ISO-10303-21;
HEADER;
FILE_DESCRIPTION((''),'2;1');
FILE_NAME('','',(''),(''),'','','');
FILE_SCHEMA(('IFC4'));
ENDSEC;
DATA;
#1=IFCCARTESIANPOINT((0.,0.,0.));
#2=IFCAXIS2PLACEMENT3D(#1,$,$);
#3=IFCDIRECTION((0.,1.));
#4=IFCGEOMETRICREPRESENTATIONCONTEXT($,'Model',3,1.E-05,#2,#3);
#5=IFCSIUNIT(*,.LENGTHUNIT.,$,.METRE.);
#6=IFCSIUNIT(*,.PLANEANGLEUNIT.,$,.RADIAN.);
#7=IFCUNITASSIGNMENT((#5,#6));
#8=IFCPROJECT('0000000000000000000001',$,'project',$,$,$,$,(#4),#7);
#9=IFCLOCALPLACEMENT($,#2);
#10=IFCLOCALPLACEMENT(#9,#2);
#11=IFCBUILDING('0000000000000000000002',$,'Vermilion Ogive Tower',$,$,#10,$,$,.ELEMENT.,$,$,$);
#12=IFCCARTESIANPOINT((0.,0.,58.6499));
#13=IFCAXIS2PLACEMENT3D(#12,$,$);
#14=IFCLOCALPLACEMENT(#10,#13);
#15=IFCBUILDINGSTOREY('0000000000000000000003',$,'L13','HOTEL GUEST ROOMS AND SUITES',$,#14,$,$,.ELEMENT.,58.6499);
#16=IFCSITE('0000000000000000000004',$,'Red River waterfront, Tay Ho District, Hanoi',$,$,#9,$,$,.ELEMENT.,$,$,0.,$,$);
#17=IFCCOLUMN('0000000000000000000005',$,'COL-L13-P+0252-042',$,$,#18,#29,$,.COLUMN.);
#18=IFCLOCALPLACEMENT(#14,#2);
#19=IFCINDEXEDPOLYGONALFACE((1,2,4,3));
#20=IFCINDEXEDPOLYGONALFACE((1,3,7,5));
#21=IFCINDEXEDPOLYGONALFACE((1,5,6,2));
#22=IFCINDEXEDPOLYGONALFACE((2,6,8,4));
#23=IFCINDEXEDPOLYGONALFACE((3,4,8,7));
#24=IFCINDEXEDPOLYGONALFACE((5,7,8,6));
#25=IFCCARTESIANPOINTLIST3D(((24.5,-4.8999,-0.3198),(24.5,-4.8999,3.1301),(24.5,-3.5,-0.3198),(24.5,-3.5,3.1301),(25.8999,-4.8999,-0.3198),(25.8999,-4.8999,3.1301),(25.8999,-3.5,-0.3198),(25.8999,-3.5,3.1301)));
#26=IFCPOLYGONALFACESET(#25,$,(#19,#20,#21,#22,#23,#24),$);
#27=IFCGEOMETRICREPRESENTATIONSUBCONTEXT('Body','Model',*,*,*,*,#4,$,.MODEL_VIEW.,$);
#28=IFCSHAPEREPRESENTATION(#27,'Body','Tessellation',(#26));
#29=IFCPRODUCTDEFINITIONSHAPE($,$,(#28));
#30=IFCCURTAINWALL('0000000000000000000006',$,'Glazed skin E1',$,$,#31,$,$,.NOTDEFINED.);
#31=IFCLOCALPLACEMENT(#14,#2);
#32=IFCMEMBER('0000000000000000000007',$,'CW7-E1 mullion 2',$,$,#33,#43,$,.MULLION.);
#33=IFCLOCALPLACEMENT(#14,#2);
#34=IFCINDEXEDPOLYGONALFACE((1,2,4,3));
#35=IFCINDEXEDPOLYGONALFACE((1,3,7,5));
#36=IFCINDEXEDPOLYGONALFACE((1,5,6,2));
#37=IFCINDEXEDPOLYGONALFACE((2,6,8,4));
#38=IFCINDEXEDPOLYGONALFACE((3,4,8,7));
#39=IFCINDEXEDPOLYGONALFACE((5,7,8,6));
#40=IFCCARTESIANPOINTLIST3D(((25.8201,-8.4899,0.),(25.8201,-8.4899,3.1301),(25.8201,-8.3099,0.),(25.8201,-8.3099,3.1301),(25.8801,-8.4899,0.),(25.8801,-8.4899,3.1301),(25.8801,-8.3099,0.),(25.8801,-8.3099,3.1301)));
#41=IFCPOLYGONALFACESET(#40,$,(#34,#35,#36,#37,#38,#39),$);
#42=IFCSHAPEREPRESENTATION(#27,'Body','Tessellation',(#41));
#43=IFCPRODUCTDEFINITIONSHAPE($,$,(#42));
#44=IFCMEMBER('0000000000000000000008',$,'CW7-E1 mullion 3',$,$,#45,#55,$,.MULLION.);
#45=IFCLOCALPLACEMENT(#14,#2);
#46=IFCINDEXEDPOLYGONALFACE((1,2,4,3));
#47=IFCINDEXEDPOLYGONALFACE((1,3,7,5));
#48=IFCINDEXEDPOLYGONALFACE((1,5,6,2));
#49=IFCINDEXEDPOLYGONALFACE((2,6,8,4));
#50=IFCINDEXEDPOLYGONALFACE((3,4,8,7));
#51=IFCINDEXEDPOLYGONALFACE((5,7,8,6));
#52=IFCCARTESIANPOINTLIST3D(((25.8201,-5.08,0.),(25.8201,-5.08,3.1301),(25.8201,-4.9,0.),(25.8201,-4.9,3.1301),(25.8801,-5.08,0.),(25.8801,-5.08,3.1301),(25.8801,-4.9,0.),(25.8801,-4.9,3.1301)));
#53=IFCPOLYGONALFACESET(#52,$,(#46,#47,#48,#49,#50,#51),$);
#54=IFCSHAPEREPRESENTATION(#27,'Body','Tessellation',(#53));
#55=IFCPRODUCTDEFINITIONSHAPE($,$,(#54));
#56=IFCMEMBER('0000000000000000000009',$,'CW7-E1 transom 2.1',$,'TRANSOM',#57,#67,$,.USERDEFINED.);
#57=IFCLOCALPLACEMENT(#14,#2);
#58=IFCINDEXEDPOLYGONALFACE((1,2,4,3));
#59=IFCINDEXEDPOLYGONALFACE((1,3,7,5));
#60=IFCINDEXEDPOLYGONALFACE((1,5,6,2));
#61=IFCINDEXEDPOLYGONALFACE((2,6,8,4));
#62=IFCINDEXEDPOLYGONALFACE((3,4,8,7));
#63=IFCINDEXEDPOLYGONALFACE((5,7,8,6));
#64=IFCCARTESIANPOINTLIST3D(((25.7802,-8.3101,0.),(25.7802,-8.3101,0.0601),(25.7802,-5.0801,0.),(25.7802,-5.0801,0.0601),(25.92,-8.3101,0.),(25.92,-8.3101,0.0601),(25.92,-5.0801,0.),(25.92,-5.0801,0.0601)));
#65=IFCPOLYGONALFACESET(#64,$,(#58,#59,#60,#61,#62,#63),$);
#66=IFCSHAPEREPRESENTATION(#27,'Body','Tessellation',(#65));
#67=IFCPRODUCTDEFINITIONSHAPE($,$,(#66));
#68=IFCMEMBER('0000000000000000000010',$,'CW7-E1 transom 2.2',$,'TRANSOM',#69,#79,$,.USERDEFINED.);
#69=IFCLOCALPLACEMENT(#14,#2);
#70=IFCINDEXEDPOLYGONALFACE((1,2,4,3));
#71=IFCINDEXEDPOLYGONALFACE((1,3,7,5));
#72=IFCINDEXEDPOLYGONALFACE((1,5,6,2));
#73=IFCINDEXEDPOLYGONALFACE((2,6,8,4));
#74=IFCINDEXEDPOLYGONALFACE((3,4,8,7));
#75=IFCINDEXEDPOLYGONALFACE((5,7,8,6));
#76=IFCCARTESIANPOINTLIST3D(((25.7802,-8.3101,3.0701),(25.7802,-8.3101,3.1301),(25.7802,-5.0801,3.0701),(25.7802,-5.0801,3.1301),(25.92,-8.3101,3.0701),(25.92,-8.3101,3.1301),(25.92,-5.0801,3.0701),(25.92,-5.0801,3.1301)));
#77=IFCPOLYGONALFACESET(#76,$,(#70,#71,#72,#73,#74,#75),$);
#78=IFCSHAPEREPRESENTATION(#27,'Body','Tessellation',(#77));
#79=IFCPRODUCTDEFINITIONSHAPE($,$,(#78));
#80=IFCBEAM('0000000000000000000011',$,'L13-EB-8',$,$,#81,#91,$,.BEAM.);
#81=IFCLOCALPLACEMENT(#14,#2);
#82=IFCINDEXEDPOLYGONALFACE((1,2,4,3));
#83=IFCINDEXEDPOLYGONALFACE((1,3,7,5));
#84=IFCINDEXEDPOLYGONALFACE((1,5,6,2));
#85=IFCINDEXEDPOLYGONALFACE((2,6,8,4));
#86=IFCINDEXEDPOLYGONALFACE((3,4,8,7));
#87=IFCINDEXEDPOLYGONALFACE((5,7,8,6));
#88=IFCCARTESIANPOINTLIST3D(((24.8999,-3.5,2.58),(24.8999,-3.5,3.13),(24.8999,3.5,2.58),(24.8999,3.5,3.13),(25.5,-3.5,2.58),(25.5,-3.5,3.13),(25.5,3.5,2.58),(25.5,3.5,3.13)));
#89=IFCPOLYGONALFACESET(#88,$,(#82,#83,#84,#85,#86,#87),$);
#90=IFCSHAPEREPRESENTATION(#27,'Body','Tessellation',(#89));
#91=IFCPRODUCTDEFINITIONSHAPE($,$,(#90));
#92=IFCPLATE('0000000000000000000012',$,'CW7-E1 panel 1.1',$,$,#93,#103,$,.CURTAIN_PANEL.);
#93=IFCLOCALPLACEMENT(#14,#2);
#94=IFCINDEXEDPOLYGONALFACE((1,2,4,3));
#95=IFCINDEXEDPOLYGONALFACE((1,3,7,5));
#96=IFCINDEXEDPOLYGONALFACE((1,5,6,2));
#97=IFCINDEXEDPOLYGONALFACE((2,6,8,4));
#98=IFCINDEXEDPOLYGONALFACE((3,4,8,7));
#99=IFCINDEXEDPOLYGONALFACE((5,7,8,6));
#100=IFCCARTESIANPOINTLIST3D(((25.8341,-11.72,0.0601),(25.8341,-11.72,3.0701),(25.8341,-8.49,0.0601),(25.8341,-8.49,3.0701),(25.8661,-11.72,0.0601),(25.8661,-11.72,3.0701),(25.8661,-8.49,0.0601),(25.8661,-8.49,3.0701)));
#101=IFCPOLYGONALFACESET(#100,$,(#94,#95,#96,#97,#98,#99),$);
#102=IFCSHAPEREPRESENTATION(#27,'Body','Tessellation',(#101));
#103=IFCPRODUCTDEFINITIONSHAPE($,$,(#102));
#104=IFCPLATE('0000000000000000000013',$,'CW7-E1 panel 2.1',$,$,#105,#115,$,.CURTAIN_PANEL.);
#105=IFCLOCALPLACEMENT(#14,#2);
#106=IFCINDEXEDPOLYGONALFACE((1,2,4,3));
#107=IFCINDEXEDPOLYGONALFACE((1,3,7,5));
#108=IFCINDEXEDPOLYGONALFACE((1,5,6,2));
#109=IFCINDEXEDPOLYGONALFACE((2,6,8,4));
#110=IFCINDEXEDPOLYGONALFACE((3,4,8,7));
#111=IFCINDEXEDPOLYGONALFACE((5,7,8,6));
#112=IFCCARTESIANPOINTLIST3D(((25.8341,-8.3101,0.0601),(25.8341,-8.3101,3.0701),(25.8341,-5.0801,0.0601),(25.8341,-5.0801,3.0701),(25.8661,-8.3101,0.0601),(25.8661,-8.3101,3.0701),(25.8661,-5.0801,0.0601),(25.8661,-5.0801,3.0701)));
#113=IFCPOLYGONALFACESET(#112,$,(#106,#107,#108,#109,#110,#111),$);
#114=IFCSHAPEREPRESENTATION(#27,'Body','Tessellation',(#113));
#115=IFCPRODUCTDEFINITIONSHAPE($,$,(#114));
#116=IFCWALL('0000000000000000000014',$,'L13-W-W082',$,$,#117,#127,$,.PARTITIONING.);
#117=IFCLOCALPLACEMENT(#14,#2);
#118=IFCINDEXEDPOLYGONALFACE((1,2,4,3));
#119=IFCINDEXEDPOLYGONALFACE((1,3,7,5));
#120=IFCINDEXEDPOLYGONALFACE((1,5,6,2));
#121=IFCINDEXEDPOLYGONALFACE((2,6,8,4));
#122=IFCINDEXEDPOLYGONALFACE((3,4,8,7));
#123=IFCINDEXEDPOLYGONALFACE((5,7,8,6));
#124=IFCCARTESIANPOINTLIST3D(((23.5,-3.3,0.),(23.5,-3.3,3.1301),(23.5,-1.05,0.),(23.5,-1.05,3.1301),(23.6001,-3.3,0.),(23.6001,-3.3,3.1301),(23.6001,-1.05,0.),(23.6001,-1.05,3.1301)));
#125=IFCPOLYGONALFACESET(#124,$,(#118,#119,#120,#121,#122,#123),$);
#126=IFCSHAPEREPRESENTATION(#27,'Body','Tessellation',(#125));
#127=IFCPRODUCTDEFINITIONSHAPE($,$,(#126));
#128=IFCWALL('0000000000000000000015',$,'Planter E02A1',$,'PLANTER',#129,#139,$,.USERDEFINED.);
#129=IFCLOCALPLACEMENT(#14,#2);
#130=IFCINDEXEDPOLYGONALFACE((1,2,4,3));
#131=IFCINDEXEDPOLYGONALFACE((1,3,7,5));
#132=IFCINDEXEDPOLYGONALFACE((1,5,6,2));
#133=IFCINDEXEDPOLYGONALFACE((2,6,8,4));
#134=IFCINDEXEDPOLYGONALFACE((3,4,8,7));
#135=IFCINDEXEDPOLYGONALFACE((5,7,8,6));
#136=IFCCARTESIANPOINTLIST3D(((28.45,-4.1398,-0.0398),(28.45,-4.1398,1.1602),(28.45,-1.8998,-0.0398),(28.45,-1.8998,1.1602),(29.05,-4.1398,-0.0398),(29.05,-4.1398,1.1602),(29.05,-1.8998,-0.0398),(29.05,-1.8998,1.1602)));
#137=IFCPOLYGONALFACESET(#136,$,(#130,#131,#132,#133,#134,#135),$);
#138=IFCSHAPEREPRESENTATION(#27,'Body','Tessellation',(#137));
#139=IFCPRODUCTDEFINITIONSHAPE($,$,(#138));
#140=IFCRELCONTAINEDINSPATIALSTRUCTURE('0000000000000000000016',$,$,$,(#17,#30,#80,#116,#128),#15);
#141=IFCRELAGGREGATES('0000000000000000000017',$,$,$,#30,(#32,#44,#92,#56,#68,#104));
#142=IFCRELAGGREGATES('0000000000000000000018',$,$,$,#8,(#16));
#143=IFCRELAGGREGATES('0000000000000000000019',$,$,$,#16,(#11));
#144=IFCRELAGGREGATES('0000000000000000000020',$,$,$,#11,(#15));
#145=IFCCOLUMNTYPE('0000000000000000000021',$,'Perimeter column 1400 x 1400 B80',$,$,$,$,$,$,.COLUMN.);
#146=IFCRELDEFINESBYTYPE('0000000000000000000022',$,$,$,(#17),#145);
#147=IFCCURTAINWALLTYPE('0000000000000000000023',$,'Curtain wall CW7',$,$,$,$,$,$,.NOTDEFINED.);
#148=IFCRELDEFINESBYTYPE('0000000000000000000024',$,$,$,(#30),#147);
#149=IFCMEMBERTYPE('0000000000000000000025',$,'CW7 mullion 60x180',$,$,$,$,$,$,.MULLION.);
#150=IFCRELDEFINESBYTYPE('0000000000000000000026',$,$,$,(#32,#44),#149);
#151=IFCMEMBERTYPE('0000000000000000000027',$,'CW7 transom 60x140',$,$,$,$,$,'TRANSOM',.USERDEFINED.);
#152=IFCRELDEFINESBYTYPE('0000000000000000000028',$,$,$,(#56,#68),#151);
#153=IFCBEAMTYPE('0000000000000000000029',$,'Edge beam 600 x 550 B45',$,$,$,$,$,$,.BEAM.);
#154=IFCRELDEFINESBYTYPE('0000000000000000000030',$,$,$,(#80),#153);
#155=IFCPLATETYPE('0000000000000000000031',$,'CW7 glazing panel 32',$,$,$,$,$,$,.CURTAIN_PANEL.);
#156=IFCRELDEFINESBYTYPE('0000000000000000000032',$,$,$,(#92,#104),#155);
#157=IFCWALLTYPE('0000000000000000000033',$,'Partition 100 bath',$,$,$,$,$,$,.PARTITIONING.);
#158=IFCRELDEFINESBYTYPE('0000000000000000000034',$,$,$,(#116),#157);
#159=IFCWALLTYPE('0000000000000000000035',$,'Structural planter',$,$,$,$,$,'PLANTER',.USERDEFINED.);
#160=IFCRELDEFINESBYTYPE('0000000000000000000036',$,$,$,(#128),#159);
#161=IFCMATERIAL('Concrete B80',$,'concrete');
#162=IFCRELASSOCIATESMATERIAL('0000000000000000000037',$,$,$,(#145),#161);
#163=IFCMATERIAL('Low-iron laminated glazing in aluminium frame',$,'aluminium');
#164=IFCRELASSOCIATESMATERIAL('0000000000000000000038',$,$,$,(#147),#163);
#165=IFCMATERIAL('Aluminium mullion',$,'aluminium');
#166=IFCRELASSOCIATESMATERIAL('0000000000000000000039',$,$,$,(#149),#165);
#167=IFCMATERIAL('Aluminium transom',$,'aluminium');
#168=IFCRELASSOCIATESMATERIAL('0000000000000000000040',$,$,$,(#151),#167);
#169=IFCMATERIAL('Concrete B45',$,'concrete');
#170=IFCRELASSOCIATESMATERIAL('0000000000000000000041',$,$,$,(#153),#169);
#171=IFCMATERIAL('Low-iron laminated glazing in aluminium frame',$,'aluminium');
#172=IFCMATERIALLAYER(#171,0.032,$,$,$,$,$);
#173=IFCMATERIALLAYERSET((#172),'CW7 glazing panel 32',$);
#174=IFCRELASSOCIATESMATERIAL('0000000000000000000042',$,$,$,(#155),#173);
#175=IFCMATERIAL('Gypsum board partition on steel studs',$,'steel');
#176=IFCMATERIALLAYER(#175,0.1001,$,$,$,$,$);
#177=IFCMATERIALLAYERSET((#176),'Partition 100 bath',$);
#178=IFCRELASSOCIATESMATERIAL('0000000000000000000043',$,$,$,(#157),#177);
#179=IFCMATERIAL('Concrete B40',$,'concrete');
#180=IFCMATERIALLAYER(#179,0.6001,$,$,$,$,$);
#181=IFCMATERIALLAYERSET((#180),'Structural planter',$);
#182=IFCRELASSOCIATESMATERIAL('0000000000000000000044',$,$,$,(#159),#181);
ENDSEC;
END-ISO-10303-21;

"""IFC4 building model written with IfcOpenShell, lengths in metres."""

from ifc_helpers import new_model, si_unit, direction, frame, frame_2d, origin, origin_2d, place, context, subcontext, project, spatial, rectangle, extrude, material, layer, layer_set, material_profile, profile_set, type_object, element, aggregate, save


model = new_model("IFC4")

# Units and contexts
model_context = context("Model", 3, precision=1e-05, world=origin(), true_north=direction((0.0, 1.0)))
body_context = subcontext(model_context, "Body", "Model", "MODEL_VIEW")
ifc_project = project(units=[si_unit("LENGTHUNIT", "METRE"), si_unit("PLANEANGLEUNIT", "RADIAN")], contexts=[model_context])

# Site, building, storey
site_placement = place(None, origin())
site = spatial("IfcSite", under=ifc_project, at=site_placement, Name="Red River waterfront, Tay Ho District, Hanoi", CompositionType="ELEMENT", RefElevation=0.0)
building_placement = place(site_placement, origin())
building = spatial("IfcBuilding", under=site, at=building_placement, Name="Vermilion Ogive Tower", CompositionType="ELEMENT")
storey_placement = place(building_placement, frame((0.0, 0.0, 58.6499)))
storey = spatial("IfcBuildingStorey", under=building, at=storey_placement, Name="L13", Description="HOTEL GUEST ROOMS AND SUITES", CompositionType="ELEMENT", Elevation=58.6499)

# Column
ifc_material_1 = material(Name="Concrete B80", Category="concrete")
ifc_material_profile_1 = material_profile(ifc_material_1, rectangle(XDim=1.3999, YDim=1.3999, at=origin_2d()), Name="1400 x 1400")
ifc_profile_set_1 = profile_set([ifc_material_profile_1], Name="Concrete B80")
column_type = type_object("IfcColumnType", Name="Perimeter column 1400 x 1400 B80", PredefinedType="COLUMN", material=ifc_profile_set_1)
column_placement = place(storey_placement, frame((25.2, -4.2, -0.3198), z_axis=(0.0, 0.0, 1.0), x_axis=(1.0, 0.0, 0.0)))
element("IfcColumn", 1, at=column_placement, inside=storey, type_object=column_type, Name="COL-L13-P+0252-042", PredefinedType="COLUMN", context=body_context, shape_type="SweptSolid", body=[
    extrude(rectangle(XDim=1.3999, YDim=1.3999, at=origin_2d()), origin(), (0.0, 0.0, 1.0), 3.45),
])

# Curtain wall, members
ifc_material_2 = material(Name="Low-iron laminated glazing in aluminium frame", Category="aluminium")
curtain_wall_type = type_object("IfcCurtainWallType", Name="Curtain wall CW7", PredefinedType="NOTDEFINED", material=ifc_material_2)
curtain_wall_placement = place(storey_placement, origin())
curtain_wall = element("IfcCurtainWall", 2, at=curtain_wall_placement, inside=storey, type_object=curtain_wall_type, Name="Glazed skin E1", PredefinedType="NOTDEFINED")
ifc_material_3 = material(Name="Aluminium mullion", Category="aluminium")
ifc_material_profile_2 = material_profile(ifc_material_3, rectangle(XDim=0.0601, YDim=0.1799, at=origin_2d()), Name="AL 60x180")
ifc_profile_set_2 = profile_set([ifc_material_profile_2], Name="Aluminium mullion")
member_type_1 = type_object("IfcMemberType", Name="CW7 mullion 60x180", PredefinedType="MULLION", material=ifc_profile_set_2)
member_1_placement = place(storey_placement, frame((25.8501, -8.3999, 0.0), z_axis=(0.0, 0.0, 1.0), x_axis=(-1.0, 0.0, 0.0)))
member_1 = element("IfcMember", 3, at=member_1_placement, type_object=member_type_1, Name="CW7-E1 mullion 2", PredefinedType="MULLION", context=body_context, shape_type="SweptSolid", body=[
    extrude(rectangle(XDim=0.0601, YDim=0.1799, at=origin_2d()), origin(), (0.0, 0.0, 1.0), 3.1301),
])
member_2_placement = place(storey_placement, frame((25.8501, -4.99, 0.0), z_axis=(0.0, 0.0, 1.0), x_axis=(-1.0, 0.0, 0.0)))
member_2 = element("IfcMember", 4, at=member_2_placement, type_object=member_type_1, Name="CW7-E1 mullion 3", PredefinedType="MULLION", context=body_context, shape_type="SweptSolid", body=[
    extrude(rectangle(XDim=0.0601, YDim=0.1799, at=origin_2d()), origin(), (0.0, 0.0, 1.0), 3.1301),
])
ifc_material_4 = material(Name="Aluminium transom", Category="aluminium")
ifc_material_profile_3 = material_profile(ifc_material_4, rectangle(XDim=0.1399, YDim=0.0601, at=origin_2d()), Name="AL 60x140")
ifc_profile_set_3 = profile_set([ifc_material_profile_3], Name="Aluminium transom")
member_type_2 = type_object("IfcMemberType", Name="CW7 transom 60x140", ElementType="TRANSOM", PredefinedType="USERDEFINED", material=ifc_profile_set_3)
member_3_placement = place(storey_placement, frame((25.8501, -8.3101, 0.03), z_axis=(0.0, 1.0, 0.0), x_axis=(-1.0, 0.0, 0.0)))
member_3 = element("IfcMember", 5, at=member_3_placement, type_object=member_type_2, Name="CW7-E1 transom 2.1", ObjectType="TRANSOM", PredefinedType="USERDEFINED", context=body_context, shape_type="SweptSolid", body=[
    extrude(rectangle(XDim=0.1399, YDim=0.0601, at=origin_2d()), origin(), (0.0, 0.0, 1.0), 3.23),
])
member_4_placement = place(storey_placement, frame((25.8501, -8.3101, 3.1001), z_axis=(0.0, 1.0, 0.0), x_axis=(-1.0, 0.0, 0.0)))
member_4 = element("IfcMember", 6, at=member_4_placement, type_object=member_type_2, Name="CW7-E1 transom 2.2", ObjectType="TRANSOM", PredefinedType="USERDEFINED", context=body_context, shape_type="SweptSolid", body=[
    extrude(rectangle(XDim=0.1399, YDim=0.0601, at=origin_2d()), origin(), (0.0, 0.0, 1.0), 3.23),
])

# Beam
ifc_material_5 = material(Name="Concrete B45", Category="concrete")
ifc_material_profile_4 = material_profile(ifc_material_5, rectangle(XDim=0.6001, YDim=0.55, at=origin_2d()), Name="600 x 550")
ifc_profile_set_4 = profile_set([ifc_material_profile_4], Name="Concrete B45")
beam_type = type_object("IfcBeamType", Name="Edge beam 600 x 550 B45", PredefinedType="BEAM", material=ifc_profile_set_4)
beam_placement = place(storey_placement, frame((25.2, -3.5, 2.855), z_axis=(0.0, 1.0, 0.0), x_axis=(-1.0, 0.0, 0.0)))
element("IfcBeam", 7, at=beam_placement, inside=storey, type_object=beam_type, Name="L13-EB-8", PredefinedType="BEAM", context=body_context, shape_type="SweptSolid", body=[
    extrude(rectangle(XDim=0.6001, YDim=0.55, at=origin_2d()), origin(), (0.0, 0.0, 1.0), 7.0),
])

# Plates
ifc_material_6 = material(Name="Low-iron laminated glazing in aluminium frame", Category="aluminium")
ifc_layer_1 = layer(ifc_material_6, 0.032)
ifc_layer_set_1 = layer_set([ifc_layer_1], Name="CW7 glazing panel 32")
plate_type = type_object("IfcPlateType", Name="CW7 glazing panel 32", PredefinedType="CURTAIN_PANEL", material=ifc_layer_set_1)
plate_1_placement = place(storey_placement, frame((25.8501, -10.105, 0.0601), z_axis=(0.0, 0.0, 1.0), x_axis=(0.0, 1.0, 0.0)))
plate_1 = element("IfcPlate", 8, at=plate_1_placement, type_object=plate_type, Name="CW7-E1 panel 1.1", PredefinedType="CURTAIN_PANEL", context=body_context, shape_type="SweptSolid", body=[
    extrude(rectangle(XDim=3.23, YDim=0.032, at=origin_2d()), origin(), (0.0, 0.0, 1.0), 3.01),
])
plate_2_placement = place(storey_placement, frame((25.8501, -6.6951, 0.0601), z_axis=(0.0, 0.0, 1.0), x_axis=(0.0, 1.0, 0.0)))
plate_2 = element("IfcPlate", 9, at=plate_2_placement, type_object=plate_type, Name="CW7-E1 panel 2.1", PredefinedType="CURTAIN_PANEL", context=body_context, shape_type="SweptSolid", body=[
    extrude(rectangle(XDim=3.23, YDim=0.032, at=origin_2d()), origin(), (0.0, 0.0, 1.0), 3.01),
])
aggregate(curtain_wall, [member_1, member_2, plate_1, member_3, member_4, plate_2])

# Walls
ifc_material_7 = material(Name="Gypsum board partition on steel studs", Category="steel")
ifc_layer_2 = layer(ifc_material_7, 0.1001)
ifc_layer_set_2 = layer_set([ifc_layer_2], Name="Partition 100 bath")
wall_type_1 = type_object("IfcWallType", Name="Partition 100 bath", PredefinedType="PARTITIONING", material=ifc_layer_set_2)
wall_1_placement = place(storey_placement, frame((23.55, -3.3, 0.0), z_axis=(0.0, 0.0, 1.0), x_axis=(0.0, 1.0, 0.0)))
element("IfcWall", 10, at=wall_1_placement, inside=storey, type_object=wall_type_1, Name="L13-W-W082", PredefinedType="PARTITIONING", context=body_context, shape_type="SweptSolid", body=[
    extrude(rectangle(XDim=2.25, YDim=0.1001, at=frame_2d((1.125, 0.0))), origin(), (0.0, 0.0, 1.0), 3.1301),
])
ifc_material_8 = material(Name="Concrete B40", Category="concrete")
ifc_layer_3 = layer(ifc_material_8, 0.6001)
ifc_layer_set_3 = layer_set([ifc_layer_3], Name="Structural planter")
wall_type_2 = type_object("IfcWallType", Name="Structural planter", ElementType="PLANTER", PredefinedType="USERDEFINED", material=ifc_layer_set_3)
wall_2_placement = place(storey_placement, frame((28.75, -4.1399, -0.0398), z_axis=(0.0, 0.0, 1.0), x_axis=(0.0, 1.0, 0.0)))
element("IfcWall", 11, at=wall_2_placement, inside=storey, type_object=wall_type_2, Name="Planter E02A1", ObjectType="PLANTER", PredefinedType="USERDEFINED", context=body_context, shape_type="SweptSolid", body=[
    extrude(rectangle(XDim=2.24, YDim=0.6001, at=frame_2d((1.1201, 0.0))), origin(), (0.0, 0.0, 1.0), 1.2),
])

save(model, "model.ifc")
